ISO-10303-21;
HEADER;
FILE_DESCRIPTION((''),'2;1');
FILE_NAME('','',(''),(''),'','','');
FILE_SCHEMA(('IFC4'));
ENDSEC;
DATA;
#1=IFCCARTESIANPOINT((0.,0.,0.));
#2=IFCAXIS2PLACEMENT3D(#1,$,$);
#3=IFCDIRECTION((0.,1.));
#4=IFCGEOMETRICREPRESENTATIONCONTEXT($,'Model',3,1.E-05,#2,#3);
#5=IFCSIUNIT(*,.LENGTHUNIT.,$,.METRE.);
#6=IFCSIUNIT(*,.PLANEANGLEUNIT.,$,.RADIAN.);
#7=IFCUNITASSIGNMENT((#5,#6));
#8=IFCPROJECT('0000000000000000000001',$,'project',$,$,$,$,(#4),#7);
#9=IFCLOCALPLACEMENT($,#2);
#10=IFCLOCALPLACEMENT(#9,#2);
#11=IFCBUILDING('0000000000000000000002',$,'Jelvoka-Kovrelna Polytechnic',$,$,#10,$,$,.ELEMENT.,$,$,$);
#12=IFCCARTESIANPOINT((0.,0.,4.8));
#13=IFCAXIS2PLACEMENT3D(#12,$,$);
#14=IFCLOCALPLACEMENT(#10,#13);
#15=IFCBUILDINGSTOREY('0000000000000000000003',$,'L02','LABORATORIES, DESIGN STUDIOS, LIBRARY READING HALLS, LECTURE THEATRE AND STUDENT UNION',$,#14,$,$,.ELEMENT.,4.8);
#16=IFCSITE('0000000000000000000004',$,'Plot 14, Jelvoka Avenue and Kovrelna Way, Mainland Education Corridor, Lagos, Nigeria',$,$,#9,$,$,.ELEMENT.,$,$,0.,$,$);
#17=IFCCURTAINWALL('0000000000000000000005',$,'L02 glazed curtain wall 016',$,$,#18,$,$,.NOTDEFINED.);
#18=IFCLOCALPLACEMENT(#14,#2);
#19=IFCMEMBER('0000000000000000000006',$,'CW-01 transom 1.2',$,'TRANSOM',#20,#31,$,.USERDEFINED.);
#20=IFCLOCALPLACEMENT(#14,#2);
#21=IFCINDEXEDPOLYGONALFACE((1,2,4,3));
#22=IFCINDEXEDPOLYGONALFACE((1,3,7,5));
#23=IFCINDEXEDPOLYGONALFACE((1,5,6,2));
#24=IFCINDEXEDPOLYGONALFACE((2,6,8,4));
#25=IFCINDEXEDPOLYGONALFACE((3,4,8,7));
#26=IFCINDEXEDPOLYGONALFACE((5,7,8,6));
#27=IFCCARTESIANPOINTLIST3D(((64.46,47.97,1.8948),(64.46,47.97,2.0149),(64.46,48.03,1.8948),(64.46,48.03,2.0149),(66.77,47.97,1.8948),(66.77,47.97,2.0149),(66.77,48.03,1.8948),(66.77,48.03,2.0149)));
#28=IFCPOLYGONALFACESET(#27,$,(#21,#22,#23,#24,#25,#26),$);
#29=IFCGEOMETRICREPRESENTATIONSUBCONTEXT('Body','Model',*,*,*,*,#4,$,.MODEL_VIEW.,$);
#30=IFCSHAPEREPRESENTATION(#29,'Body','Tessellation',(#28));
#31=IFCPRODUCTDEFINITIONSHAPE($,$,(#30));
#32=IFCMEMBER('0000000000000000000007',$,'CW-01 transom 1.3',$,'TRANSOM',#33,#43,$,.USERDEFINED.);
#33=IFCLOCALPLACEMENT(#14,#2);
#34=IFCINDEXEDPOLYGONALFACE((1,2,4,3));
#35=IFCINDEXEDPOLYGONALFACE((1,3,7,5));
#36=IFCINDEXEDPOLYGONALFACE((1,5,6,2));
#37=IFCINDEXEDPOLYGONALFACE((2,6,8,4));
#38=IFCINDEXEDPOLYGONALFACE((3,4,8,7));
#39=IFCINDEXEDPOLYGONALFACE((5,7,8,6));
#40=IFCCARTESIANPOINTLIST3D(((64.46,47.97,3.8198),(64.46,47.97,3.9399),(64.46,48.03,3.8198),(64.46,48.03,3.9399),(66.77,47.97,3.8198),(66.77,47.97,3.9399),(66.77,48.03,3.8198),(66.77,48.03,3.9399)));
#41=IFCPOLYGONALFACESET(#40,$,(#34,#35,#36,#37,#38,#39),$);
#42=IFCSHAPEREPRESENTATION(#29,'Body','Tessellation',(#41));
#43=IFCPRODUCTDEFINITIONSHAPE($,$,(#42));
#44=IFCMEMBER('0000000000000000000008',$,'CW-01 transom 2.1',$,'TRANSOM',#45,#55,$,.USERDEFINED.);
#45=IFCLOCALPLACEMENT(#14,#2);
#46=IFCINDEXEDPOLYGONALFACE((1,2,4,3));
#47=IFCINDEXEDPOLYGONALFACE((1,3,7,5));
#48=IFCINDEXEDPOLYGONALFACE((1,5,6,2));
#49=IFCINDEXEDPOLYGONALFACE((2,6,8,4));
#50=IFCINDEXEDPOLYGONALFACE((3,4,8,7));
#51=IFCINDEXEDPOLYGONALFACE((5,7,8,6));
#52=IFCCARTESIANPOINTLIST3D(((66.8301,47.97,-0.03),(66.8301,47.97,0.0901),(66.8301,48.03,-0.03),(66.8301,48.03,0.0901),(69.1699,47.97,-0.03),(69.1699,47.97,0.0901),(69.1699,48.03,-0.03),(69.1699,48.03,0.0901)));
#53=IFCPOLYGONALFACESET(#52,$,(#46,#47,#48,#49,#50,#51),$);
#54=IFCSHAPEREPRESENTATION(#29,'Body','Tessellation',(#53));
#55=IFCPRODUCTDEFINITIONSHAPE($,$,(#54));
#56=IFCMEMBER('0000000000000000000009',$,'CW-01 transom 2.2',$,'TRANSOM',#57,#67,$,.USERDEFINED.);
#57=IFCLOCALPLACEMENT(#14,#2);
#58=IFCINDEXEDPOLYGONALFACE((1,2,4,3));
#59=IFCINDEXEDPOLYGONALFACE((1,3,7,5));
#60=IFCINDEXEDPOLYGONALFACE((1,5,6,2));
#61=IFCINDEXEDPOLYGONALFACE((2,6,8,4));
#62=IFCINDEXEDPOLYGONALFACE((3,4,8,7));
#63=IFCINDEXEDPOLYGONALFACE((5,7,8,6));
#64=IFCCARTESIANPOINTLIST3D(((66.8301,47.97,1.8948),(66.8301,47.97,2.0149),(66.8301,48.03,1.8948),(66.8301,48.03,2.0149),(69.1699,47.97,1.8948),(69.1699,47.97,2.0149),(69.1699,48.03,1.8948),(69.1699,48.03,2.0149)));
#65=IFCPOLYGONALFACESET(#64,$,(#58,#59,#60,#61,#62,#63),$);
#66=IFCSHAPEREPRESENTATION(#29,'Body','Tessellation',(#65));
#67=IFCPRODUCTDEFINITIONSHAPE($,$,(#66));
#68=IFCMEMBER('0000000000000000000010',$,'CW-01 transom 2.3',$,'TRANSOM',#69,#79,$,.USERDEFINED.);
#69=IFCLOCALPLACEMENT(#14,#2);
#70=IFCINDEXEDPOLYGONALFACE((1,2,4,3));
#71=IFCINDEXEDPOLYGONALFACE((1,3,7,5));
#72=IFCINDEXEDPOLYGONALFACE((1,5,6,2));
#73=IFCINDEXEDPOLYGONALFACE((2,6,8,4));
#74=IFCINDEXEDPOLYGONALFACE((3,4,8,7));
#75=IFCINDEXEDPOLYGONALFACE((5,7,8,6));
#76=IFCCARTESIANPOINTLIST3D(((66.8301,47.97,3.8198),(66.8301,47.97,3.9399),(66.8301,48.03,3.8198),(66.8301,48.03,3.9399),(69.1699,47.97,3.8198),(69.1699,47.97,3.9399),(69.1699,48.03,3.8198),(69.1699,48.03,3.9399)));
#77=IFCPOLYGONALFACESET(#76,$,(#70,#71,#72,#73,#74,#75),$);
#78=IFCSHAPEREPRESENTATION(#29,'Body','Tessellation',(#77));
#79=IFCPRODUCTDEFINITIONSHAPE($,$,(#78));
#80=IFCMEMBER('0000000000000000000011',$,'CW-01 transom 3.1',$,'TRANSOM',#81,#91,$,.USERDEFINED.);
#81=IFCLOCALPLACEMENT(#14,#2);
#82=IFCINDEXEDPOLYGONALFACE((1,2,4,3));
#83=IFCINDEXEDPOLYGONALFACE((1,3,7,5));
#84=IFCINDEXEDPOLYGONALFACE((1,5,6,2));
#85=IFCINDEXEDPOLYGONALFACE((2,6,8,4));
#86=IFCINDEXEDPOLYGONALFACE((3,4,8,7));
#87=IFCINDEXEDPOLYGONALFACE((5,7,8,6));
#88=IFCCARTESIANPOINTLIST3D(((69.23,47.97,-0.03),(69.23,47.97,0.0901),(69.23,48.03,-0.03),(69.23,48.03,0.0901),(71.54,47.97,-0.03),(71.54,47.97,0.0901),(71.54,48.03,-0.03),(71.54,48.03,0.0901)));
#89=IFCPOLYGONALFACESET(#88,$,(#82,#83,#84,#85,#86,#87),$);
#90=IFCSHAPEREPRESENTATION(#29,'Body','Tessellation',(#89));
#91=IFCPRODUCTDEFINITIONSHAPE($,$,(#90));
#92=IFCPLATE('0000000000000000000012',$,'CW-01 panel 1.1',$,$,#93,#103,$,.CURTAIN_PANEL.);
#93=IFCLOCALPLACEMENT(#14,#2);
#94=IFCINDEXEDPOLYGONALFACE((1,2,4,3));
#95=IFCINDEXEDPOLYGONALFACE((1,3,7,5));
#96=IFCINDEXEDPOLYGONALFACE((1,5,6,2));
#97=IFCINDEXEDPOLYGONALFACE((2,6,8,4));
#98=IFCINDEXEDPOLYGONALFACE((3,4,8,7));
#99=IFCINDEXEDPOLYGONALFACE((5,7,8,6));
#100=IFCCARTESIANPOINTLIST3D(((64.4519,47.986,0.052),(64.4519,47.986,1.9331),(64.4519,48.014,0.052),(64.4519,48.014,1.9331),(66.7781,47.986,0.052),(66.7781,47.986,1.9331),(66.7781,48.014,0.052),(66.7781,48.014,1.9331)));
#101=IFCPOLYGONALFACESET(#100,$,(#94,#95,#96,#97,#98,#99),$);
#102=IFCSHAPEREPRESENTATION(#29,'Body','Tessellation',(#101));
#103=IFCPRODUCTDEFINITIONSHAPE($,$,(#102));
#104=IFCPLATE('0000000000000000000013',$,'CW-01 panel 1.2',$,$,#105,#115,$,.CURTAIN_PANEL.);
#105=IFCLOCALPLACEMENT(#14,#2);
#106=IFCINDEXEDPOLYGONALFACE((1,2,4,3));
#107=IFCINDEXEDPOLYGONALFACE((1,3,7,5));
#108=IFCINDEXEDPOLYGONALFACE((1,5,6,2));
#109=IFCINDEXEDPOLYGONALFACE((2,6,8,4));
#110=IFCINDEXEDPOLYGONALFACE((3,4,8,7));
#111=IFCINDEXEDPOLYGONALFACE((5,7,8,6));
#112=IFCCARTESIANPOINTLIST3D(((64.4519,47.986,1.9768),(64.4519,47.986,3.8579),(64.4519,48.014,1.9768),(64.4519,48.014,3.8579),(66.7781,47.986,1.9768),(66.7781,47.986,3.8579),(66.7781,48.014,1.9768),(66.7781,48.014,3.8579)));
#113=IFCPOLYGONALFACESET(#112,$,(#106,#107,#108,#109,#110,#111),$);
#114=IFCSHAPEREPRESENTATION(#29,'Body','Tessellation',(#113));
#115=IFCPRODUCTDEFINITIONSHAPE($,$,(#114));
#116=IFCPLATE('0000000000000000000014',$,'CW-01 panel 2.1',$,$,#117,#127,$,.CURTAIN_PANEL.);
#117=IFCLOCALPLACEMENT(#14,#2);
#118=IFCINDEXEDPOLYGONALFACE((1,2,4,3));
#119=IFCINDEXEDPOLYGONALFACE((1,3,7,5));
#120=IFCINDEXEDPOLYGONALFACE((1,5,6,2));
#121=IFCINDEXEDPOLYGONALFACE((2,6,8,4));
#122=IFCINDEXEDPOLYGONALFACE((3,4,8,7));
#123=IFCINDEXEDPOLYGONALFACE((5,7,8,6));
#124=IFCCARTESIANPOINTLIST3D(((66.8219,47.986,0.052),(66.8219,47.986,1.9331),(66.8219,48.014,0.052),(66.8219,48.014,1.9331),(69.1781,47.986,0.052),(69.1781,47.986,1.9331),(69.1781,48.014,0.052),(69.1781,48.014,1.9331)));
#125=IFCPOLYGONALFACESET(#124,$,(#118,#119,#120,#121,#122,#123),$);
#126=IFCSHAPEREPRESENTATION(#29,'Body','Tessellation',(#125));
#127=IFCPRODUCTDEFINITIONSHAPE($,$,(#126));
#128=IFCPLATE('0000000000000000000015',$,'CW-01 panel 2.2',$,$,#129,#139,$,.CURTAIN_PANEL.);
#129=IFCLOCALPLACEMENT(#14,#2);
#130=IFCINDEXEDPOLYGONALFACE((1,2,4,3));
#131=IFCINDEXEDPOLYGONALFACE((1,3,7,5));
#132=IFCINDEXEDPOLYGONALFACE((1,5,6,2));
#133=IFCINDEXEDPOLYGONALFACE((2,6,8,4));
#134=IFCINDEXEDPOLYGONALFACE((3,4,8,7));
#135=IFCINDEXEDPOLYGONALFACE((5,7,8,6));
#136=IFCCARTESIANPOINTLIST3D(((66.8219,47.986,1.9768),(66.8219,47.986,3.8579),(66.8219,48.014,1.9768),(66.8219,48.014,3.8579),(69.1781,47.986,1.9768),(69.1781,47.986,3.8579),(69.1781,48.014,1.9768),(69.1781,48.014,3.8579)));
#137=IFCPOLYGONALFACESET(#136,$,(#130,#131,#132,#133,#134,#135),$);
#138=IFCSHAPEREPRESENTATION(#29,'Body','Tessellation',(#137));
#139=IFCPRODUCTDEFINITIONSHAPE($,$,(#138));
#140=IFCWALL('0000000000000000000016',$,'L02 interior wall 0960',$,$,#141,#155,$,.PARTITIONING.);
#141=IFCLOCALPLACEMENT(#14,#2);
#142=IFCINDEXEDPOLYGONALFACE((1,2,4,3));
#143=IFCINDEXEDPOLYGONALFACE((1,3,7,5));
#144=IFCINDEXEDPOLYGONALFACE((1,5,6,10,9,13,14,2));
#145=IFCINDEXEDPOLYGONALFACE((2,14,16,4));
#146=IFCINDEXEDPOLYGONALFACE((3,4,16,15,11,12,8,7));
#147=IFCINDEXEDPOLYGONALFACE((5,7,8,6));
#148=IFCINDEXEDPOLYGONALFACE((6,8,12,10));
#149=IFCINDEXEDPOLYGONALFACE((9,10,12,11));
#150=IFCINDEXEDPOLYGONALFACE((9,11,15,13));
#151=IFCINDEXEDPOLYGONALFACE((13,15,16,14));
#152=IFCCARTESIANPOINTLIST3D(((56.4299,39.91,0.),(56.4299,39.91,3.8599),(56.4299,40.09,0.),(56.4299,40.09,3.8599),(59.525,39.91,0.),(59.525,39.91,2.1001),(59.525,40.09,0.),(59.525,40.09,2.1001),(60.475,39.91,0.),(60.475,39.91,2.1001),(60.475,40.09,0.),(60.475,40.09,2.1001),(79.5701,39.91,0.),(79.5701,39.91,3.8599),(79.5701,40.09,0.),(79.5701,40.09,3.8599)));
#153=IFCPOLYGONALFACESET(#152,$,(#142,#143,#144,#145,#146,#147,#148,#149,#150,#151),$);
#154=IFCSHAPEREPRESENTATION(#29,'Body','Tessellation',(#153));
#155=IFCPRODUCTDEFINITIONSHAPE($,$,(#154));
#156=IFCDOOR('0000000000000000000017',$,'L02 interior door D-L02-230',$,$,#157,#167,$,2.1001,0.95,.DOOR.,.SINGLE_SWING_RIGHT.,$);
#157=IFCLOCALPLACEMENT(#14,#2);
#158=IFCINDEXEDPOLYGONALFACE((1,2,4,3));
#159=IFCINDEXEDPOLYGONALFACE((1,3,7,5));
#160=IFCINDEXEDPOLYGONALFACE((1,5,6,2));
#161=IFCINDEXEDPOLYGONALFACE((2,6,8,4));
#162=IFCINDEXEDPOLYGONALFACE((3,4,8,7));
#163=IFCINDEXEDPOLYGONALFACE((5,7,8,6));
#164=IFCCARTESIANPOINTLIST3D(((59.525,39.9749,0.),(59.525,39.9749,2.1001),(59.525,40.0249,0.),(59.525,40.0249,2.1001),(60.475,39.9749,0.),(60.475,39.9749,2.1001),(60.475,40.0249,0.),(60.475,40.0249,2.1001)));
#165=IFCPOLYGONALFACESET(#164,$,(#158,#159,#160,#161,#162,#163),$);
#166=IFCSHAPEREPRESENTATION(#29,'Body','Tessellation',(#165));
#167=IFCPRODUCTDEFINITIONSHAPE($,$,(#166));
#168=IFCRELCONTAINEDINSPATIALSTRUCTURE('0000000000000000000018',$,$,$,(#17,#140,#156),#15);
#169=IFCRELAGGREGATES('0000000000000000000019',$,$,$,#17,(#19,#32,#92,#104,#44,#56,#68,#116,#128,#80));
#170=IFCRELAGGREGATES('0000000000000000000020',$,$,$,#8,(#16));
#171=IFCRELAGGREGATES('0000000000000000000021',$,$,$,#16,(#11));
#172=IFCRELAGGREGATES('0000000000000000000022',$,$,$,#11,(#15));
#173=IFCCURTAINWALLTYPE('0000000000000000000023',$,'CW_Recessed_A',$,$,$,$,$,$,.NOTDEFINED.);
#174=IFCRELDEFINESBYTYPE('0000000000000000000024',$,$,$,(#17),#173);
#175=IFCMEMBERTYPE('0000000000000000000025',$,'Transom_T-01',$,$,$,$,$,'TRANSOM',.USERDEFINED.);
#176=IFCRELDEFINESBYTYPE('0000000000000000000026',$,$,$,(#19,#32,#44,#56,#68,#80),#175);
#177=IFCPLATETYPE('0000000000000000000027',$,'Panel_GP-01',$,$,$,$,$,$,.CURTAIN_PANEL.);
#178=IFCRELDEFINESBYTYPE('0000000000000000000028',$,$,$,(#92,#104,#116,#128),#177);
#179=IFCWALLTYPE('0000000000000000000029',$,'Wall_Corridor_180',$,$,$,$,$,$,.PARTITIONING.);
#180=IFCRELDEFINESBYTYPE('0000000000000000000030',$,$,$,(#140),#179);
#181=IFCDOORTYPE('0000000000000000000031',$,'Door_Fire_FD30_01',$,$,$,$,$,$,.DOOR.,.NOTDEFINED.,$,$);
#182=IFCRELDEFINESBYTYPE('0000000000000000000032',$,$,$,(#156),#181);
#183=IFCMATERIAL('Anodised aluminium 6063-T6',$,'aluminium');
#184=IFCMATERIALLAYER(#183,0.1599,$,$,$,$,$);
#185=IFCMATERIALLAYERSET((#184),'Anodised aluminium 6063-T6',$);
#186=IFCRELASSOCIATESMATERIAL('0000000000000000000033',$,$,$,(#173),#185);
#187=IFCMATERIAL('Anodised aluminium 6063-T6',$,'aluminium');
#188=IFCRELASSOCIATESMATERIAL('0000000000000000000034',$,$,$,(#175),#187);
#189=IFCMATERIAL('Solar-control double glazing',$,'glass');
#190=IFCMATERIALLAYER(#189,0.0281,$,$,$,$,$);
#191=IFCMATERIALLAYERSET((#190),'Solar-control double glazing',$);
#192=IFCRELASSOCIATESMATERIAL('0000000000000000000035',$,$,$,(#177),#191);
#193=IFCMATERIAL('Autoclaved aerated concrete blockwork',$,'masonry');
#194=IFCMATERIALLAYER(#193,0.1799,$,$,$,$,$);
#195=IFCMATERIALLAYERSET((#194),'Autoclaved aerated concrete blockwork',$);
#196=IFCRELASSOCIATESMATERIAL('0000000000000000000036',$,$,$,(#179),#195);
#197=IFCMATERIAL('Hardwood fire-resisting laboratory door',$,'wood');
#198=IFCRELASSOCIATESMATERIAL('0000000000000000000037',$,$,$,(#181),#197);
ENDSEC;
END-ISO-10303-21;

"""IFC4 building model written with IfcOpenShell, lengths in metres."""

from ifc_helpers import new_model, si_unit, direction, frame, frame_2d, origin, origin_2d, place, context, subcontext, project, spatial, rectangle, extrude, material, layer, layer_set, material_profile, profile_set, type_object, element, fill, aggregate, save


model = new_model("IFC4")

# Units and contexts
model_context = context("Model", 3, precision=1e-05, world=origin(), true_north=direction((0.0, 1.0)))
body_context = subcontext(model_context, "Body", "Model", "MODEL_VIEW")
ifc_project = project(units=[si_unit("LENGTHUNIT", "METRE"), si_unit("PLANEANGLEUNIT", "RADIAN")], contexts=[model_context])

# Site, building, storey
site_placement = place(None, origin())
site = spatial("IfcSite", under=ifc_project, at=site_placement, Name="Plot 14, Jelvoka Avenue and Kovrelna Way, Mainland Education Corridor, Lagos, Nigeria", CompositionType="ELEMENT", RefElevation=0.0)
building_placement = place(site_placement, origin())
building = spatial("IfcBuilding", under=site, at=building_placement, Name="Jelvoka-Kovrelna Polytechnic", CompositionType="ELEMENT")
storey_placement = place(building_placement, frame((0.0, 0.0, 4.8)))
storey = spatial("IfcBuildingStorey", under=building, at=storey_placement, Name="L02", Description="LABORATORIES, DESIGN STUDIOS, LIBRARY READING HALLS, LECTURE THEATRE AND STUDENT UNION", CompositionType="ELEMENT", Elevation=4.8)

# Curtain wall
ifc_material_1 = material(Name="Anodised aluminium 6063-T6", Category="aluminium")
ifc_layer_1 = layer(ifc_material_1, 0.1599)
ifc_layer_set_1 = layer_set([ifc_layer_1], Name="Anodised aluminium 6063-T6")
curtain_wall_type = type_object("IfcCurtainWallType", Name="CW_Recessed_A", PredefinedType="NOTDEFINED", material=ifc_layer_set_1)
curtain_wall_placement = place(storey_placement, origin())
curtain_wall = element("IfcCurtainWall", 1, at=curtain_wall_placement, inside=storey, type_object=curtain_wall_type, Name="L02 glazed curtain wall 016", PredefinedType="NOTDEFINED")

# Members
ifc_material_2 = material(Name="Anodised aluminium 6063-T6", Category="aluminium")
ifc_material_profile_1 = material_profile(ifc_material_2, rectangle(XDim=0.0601, YDim=0.1201, at=origin_2d()), Name="ALU 60x120")
ifc_profile_set_1 = profile_set([ifc_material_profile_1], Name="Anodised aluminium 6063-T6")
member_type_1 = type_object("IfcMemberType", Name="Transom_T-01", ElementType="TRANSOM", PredefinedType="USERDEFINED", material=ifc_profile_set_1)
member_1_placement = place(storey_placement, frame((64.46, 48.0, 1.9548), z_axis=(1.0, 0.0, 0.0), x_axis=(0.0, 1.0, 0.0)))
member_1 = element("IfcMember", 2, at=member_1_placement, type_object=member_type_1, Name="CW-01 transom 1.2", ObjectType="TRANSOM", PredefinedType="USERDEFINED", context=body_context, shape_type="SweptSolid", body=[
    extrude(rectangle(XDim=0.0601, YDim=0.1201, at=origin_2d()), origin(), (0.0, 0.0, 1.0), 2.3101),
])
member_2_placement = place(storey_placement, frame((64.46, 48.0, 3.8799), z_axis=(1.0, 0.0, 0.0), x_axis=(0.0, 1.0, 0.0)))
member_2 = element("IfcMember", 3, at=member_2_placement, type_object=member_type_1, Name="CW-01 transom 1.3", ObjectType="TRANSOM", PredefinedType="USERDEFINED", context=body_context, shape_type="SweptSolid", body=[
    extrude(rectangle(XDim=0.0601, YDim=0.1201, at=origin_2d()), origin(), (0.0, 0.0, 1.0), 2.3101),
])
member_3_placement = place(storey_placement, frame((66.8301, 48.0, 0.03), z_axis=(1.0, 0.0, 0.0), x_axis=(0.0, 1.0, 0.0)))
member_3 = element("IfcMember", 4, at=member_3_placement, type_object=member_type_1, Name="CW-01 transom 2.1", ObjectType="TRANSOM", PredefinedType="USERDEFINED", context=body_context, shape_type="SweptSolid", body=[
    extrude(rectangle(XDim=0.0601, YDim=0.1201, at=origin_2d()), origin(), (0.0, 0.0, 1.0), 2.3398),
])
member_4_placement = place(storey_placement, frame((66.8301, 48.0, 1.9548), z_axis=(1.0, 0.0, 0.0), x_axis=(0.0, 1.0, 0.0)))
member_4 = element("IfcMember", 5, at=member_4_placement, type_object=member_type_1, Name="CW-01 transom 2.2", ObjectType="TRANSOM", PredefinedType="USERDEFINED", context=body_context, shape_type="SweptSolid", body=[
    extrude(rectangle(XDim=0.0601, YDim=0.1201, at=origin_2d()), origin(), (0.0, 0.0, 1.0), 2.3398),
])
member_5_placement = place(storey_placement, frame((66.8301, 48.0, 3.8799), z_axis=(1.0, 0.0, 0.0), x_axis=(0.0, 1.0, 0.0)))
member_5 = element("IfcMember", 6, at=member_5_placement, type_object=member_type_1, Name="CW-01 transom 2.3", ObjectType="TRANSOM", PredefinedType="USERDEFINED", context=body_context, shape_type="SweptSolid", body=[
    extrude(rectangle(XDim=0.0601, YDim=0.1201, at=origin_2d()), origin(), (0.0, 0.0, 1.0), 2.3398),
])
member_6_placement = place(storey_placement, frame((69.23, 48.0, 0.03), z_axis=(1.0, 0.0, 0.0), x_axis=(0.0, 1.0, 0.0)))
member_6 = element("IfcMember", 7, at=member_6_placement, type_object=member_type_1, Name="CW-01 transom 3.1", ObjectType="TRANSOM", PredefinedType="USERDEFINED", context=body_context, shape_type="SweptSolid", body=[
    extrude(rectangle(XDim=0.0601, YDim=0.1201, at=origin_2d()), origin(), (0.0, 0.0, 1.0), 2.3101),
])

# Plates
ifc_material_3 = material(Name="Solar-control double glazing", Category="glass")
ifc_layer_2 = layer(ifc_material_3, 0.0281)
ifc_layer_set_2 = layer_set([ifc_layer_2], Name="Solar-control double glazing")
plate_type = type_object("IfcPlateType", Name="Panel_GP-01", PredefinedType="CURTAIN_PANEL", material=ifc_layer_set_2)
plate_1_placement = place(storey_placement, frame((65.615, 48.0, 0.052), z_axis=(0.0, 0.0, 1.0), x_axis=(1.0, 0.0, 0.0)))
plate_1 = element("IfcPlate", 8, at=plate_1_placement, type_object=plate_type, Name="CW-01 panel 1.1", PredefinedType="CURTAIN_PANEL", context=body_context, shape_type="SweptSolid", body=[
    extrude(rectangle(XDim=2.3262, YDim=0.0281, at=origin_2d()), origin(), (0.0, 0.0, 1.0), 1.8811),
])
plate_2_placement = place(storey_placement, frame((65.615, 48.0, 1.9768), z_axis=(0.0, 0.0, 1.0), x_axis=(1.0, 0.0, 0.0)))
plate_2 = element("IfcPlate", 9, at=plate_2_placement, type_object=plate_type, Name="CW-01 panel 1.2", PredefinedType="CURTAIN_PANEL", context=body_context, shape_type="SweptSolid", body=[
    extrude(rectangle(XDim=2.3262, YDim=0.0281, at=origin_2d()), origin(), (0.0, 0.0, 1.0), 1.8811),
])
plate_3_placement = place(storey_placement, frame((68.0, 48.0, 0.052), z_axis=(0.0, 0.0, 1.0), x_axis=(1.0, 0.0, 0.0)))
plate_3 = element("IfcPlate", 10, at=plate_3_placement, type_object=plate_type, Name="CW-01 panel 2.1", PredefinedType="CURTAIN_PANEL", context=body_context, shape_type="SweptSolid", body=[
    extrude(rectangle(XDim=2.3562, YDim=0.0281, at=origin_2d()), origin(), (0.0, 0.0, 1.0), 1.8811),
])
plate_4_placement = place(storey_placement, frame((68.0, 48.0, 1.9768), z_axis=(0.0, 0.0, 1.0), x_axis=(1.0, 0.0, 0.0)))
plate_4 = element("IfcPlate", 11, at=plate_4_placement, type_object=plate_type, Name="CW-01 panel 2.2", PredefinedType="CURTAIN_PANEL", context=body_context, shape_type="SweptSolid", body=[
    extrude(rectangle(XDim=2.3562, YDim=0.0281, at=origin_2d()), origin(), (0.0, 0.0, 1.0), 1.8811),
])
aggregate(curtain_wall, [member_1, member_2, plate_1, plate_2, member_3, member_4, member_5, plate_3, plate_4, member_6])

# Wall, opening, door
ifc_material_4 = material(Name="Autoclaved aerated concrete blockwork", Category="masonry")
ifc_layer_3 = layer(ifc_material_4, 0.1799)
ifc_layer_set_3 = layer_set([ifc_layer_3], Name="Autoclaved aerated concrete blockwork")
wall_type = type_object("IfcWallType", Name="Wall_Corridor_180", PredefinedType="PARTITIONING", material=ifc_layer_set_3)
wall_1_placement = place(storey_placement, frame((56.4299, 40.0, 0.0), z_axis=(0.0, 0.0, 1.0), x_axis=(1.0, 0.0, 0.0)))
wall_1 = element("IfcWall", 12, at=wall_1_placement, inside=storey, type_object=wall_type, Name="L02 interior wall 0960", PredefinedType="PARTITIONING", context=body_context, shape_type="SweptSolid", body=[
    extrude(rectangle(XDim=23.1401, YDim=0.1799, at=frame_2d((11.5701, 0.0))), origin(), (0.0, 0.0, 1.0), 3.8599),
])
opening_1_placement = place(wall_1_placement, frame((3.095, 0.0, 0.0)))
opening_1 = element("IfcOpeningElement", 13, at=opening_1_placement, cuts=wall_1, PredefinedType="OPENING", context=body_context, shape_type="SweptSolid", body=[
    extrude(rectangle(XDim=0.95, YDim=2.1001, at=frame_2d((0.4751, 1.05))), frame((0.0, 0.0999, 0.0), z_axis=(0.0, -1.0, 0.0), x_axis=(1.0, 0.0, 0.0)), (0.0, 0.0, 1.0), 0.2),
])
ifc_material_5 = material(Name="Hardwood fire-resisting laboratory door", Category="wood")
door_type_1 = type_object("IfcDoorType", Name="Door_Fire_FD30_01", OperationType="NOTDEFINED", PredefinedType="DOOR", material=ifc_material_5)
door_1_placement = place(opening_1_placement, origin())
door_1 = element("IfcDoor", 14, at=door_1_placement, inside=storey, type_object=door_type_1, Name="L02 interior door D-L02-230", OperationType="SINGLE_SWING_RIGHT", OverallHeight=2.1001, OverallWidth=0.95, PredefinedType="DOOR", context=body_context, shape_type="SweptSolid", body=[
    extrude(rectangle(XDim=0.95, YDim=2.1001, at=frame_2d((0.4751, 1.05))), frame((0.0, 0.0249, 0.0), z_axis=(0.0, -1.0, 0.0), x_axis=(1.0, 0.0, 0.0)), (0.0, 0.0, 1.0), 0.05),
])
fill(opening_1, door_1)

save(model, "model.ifc")
